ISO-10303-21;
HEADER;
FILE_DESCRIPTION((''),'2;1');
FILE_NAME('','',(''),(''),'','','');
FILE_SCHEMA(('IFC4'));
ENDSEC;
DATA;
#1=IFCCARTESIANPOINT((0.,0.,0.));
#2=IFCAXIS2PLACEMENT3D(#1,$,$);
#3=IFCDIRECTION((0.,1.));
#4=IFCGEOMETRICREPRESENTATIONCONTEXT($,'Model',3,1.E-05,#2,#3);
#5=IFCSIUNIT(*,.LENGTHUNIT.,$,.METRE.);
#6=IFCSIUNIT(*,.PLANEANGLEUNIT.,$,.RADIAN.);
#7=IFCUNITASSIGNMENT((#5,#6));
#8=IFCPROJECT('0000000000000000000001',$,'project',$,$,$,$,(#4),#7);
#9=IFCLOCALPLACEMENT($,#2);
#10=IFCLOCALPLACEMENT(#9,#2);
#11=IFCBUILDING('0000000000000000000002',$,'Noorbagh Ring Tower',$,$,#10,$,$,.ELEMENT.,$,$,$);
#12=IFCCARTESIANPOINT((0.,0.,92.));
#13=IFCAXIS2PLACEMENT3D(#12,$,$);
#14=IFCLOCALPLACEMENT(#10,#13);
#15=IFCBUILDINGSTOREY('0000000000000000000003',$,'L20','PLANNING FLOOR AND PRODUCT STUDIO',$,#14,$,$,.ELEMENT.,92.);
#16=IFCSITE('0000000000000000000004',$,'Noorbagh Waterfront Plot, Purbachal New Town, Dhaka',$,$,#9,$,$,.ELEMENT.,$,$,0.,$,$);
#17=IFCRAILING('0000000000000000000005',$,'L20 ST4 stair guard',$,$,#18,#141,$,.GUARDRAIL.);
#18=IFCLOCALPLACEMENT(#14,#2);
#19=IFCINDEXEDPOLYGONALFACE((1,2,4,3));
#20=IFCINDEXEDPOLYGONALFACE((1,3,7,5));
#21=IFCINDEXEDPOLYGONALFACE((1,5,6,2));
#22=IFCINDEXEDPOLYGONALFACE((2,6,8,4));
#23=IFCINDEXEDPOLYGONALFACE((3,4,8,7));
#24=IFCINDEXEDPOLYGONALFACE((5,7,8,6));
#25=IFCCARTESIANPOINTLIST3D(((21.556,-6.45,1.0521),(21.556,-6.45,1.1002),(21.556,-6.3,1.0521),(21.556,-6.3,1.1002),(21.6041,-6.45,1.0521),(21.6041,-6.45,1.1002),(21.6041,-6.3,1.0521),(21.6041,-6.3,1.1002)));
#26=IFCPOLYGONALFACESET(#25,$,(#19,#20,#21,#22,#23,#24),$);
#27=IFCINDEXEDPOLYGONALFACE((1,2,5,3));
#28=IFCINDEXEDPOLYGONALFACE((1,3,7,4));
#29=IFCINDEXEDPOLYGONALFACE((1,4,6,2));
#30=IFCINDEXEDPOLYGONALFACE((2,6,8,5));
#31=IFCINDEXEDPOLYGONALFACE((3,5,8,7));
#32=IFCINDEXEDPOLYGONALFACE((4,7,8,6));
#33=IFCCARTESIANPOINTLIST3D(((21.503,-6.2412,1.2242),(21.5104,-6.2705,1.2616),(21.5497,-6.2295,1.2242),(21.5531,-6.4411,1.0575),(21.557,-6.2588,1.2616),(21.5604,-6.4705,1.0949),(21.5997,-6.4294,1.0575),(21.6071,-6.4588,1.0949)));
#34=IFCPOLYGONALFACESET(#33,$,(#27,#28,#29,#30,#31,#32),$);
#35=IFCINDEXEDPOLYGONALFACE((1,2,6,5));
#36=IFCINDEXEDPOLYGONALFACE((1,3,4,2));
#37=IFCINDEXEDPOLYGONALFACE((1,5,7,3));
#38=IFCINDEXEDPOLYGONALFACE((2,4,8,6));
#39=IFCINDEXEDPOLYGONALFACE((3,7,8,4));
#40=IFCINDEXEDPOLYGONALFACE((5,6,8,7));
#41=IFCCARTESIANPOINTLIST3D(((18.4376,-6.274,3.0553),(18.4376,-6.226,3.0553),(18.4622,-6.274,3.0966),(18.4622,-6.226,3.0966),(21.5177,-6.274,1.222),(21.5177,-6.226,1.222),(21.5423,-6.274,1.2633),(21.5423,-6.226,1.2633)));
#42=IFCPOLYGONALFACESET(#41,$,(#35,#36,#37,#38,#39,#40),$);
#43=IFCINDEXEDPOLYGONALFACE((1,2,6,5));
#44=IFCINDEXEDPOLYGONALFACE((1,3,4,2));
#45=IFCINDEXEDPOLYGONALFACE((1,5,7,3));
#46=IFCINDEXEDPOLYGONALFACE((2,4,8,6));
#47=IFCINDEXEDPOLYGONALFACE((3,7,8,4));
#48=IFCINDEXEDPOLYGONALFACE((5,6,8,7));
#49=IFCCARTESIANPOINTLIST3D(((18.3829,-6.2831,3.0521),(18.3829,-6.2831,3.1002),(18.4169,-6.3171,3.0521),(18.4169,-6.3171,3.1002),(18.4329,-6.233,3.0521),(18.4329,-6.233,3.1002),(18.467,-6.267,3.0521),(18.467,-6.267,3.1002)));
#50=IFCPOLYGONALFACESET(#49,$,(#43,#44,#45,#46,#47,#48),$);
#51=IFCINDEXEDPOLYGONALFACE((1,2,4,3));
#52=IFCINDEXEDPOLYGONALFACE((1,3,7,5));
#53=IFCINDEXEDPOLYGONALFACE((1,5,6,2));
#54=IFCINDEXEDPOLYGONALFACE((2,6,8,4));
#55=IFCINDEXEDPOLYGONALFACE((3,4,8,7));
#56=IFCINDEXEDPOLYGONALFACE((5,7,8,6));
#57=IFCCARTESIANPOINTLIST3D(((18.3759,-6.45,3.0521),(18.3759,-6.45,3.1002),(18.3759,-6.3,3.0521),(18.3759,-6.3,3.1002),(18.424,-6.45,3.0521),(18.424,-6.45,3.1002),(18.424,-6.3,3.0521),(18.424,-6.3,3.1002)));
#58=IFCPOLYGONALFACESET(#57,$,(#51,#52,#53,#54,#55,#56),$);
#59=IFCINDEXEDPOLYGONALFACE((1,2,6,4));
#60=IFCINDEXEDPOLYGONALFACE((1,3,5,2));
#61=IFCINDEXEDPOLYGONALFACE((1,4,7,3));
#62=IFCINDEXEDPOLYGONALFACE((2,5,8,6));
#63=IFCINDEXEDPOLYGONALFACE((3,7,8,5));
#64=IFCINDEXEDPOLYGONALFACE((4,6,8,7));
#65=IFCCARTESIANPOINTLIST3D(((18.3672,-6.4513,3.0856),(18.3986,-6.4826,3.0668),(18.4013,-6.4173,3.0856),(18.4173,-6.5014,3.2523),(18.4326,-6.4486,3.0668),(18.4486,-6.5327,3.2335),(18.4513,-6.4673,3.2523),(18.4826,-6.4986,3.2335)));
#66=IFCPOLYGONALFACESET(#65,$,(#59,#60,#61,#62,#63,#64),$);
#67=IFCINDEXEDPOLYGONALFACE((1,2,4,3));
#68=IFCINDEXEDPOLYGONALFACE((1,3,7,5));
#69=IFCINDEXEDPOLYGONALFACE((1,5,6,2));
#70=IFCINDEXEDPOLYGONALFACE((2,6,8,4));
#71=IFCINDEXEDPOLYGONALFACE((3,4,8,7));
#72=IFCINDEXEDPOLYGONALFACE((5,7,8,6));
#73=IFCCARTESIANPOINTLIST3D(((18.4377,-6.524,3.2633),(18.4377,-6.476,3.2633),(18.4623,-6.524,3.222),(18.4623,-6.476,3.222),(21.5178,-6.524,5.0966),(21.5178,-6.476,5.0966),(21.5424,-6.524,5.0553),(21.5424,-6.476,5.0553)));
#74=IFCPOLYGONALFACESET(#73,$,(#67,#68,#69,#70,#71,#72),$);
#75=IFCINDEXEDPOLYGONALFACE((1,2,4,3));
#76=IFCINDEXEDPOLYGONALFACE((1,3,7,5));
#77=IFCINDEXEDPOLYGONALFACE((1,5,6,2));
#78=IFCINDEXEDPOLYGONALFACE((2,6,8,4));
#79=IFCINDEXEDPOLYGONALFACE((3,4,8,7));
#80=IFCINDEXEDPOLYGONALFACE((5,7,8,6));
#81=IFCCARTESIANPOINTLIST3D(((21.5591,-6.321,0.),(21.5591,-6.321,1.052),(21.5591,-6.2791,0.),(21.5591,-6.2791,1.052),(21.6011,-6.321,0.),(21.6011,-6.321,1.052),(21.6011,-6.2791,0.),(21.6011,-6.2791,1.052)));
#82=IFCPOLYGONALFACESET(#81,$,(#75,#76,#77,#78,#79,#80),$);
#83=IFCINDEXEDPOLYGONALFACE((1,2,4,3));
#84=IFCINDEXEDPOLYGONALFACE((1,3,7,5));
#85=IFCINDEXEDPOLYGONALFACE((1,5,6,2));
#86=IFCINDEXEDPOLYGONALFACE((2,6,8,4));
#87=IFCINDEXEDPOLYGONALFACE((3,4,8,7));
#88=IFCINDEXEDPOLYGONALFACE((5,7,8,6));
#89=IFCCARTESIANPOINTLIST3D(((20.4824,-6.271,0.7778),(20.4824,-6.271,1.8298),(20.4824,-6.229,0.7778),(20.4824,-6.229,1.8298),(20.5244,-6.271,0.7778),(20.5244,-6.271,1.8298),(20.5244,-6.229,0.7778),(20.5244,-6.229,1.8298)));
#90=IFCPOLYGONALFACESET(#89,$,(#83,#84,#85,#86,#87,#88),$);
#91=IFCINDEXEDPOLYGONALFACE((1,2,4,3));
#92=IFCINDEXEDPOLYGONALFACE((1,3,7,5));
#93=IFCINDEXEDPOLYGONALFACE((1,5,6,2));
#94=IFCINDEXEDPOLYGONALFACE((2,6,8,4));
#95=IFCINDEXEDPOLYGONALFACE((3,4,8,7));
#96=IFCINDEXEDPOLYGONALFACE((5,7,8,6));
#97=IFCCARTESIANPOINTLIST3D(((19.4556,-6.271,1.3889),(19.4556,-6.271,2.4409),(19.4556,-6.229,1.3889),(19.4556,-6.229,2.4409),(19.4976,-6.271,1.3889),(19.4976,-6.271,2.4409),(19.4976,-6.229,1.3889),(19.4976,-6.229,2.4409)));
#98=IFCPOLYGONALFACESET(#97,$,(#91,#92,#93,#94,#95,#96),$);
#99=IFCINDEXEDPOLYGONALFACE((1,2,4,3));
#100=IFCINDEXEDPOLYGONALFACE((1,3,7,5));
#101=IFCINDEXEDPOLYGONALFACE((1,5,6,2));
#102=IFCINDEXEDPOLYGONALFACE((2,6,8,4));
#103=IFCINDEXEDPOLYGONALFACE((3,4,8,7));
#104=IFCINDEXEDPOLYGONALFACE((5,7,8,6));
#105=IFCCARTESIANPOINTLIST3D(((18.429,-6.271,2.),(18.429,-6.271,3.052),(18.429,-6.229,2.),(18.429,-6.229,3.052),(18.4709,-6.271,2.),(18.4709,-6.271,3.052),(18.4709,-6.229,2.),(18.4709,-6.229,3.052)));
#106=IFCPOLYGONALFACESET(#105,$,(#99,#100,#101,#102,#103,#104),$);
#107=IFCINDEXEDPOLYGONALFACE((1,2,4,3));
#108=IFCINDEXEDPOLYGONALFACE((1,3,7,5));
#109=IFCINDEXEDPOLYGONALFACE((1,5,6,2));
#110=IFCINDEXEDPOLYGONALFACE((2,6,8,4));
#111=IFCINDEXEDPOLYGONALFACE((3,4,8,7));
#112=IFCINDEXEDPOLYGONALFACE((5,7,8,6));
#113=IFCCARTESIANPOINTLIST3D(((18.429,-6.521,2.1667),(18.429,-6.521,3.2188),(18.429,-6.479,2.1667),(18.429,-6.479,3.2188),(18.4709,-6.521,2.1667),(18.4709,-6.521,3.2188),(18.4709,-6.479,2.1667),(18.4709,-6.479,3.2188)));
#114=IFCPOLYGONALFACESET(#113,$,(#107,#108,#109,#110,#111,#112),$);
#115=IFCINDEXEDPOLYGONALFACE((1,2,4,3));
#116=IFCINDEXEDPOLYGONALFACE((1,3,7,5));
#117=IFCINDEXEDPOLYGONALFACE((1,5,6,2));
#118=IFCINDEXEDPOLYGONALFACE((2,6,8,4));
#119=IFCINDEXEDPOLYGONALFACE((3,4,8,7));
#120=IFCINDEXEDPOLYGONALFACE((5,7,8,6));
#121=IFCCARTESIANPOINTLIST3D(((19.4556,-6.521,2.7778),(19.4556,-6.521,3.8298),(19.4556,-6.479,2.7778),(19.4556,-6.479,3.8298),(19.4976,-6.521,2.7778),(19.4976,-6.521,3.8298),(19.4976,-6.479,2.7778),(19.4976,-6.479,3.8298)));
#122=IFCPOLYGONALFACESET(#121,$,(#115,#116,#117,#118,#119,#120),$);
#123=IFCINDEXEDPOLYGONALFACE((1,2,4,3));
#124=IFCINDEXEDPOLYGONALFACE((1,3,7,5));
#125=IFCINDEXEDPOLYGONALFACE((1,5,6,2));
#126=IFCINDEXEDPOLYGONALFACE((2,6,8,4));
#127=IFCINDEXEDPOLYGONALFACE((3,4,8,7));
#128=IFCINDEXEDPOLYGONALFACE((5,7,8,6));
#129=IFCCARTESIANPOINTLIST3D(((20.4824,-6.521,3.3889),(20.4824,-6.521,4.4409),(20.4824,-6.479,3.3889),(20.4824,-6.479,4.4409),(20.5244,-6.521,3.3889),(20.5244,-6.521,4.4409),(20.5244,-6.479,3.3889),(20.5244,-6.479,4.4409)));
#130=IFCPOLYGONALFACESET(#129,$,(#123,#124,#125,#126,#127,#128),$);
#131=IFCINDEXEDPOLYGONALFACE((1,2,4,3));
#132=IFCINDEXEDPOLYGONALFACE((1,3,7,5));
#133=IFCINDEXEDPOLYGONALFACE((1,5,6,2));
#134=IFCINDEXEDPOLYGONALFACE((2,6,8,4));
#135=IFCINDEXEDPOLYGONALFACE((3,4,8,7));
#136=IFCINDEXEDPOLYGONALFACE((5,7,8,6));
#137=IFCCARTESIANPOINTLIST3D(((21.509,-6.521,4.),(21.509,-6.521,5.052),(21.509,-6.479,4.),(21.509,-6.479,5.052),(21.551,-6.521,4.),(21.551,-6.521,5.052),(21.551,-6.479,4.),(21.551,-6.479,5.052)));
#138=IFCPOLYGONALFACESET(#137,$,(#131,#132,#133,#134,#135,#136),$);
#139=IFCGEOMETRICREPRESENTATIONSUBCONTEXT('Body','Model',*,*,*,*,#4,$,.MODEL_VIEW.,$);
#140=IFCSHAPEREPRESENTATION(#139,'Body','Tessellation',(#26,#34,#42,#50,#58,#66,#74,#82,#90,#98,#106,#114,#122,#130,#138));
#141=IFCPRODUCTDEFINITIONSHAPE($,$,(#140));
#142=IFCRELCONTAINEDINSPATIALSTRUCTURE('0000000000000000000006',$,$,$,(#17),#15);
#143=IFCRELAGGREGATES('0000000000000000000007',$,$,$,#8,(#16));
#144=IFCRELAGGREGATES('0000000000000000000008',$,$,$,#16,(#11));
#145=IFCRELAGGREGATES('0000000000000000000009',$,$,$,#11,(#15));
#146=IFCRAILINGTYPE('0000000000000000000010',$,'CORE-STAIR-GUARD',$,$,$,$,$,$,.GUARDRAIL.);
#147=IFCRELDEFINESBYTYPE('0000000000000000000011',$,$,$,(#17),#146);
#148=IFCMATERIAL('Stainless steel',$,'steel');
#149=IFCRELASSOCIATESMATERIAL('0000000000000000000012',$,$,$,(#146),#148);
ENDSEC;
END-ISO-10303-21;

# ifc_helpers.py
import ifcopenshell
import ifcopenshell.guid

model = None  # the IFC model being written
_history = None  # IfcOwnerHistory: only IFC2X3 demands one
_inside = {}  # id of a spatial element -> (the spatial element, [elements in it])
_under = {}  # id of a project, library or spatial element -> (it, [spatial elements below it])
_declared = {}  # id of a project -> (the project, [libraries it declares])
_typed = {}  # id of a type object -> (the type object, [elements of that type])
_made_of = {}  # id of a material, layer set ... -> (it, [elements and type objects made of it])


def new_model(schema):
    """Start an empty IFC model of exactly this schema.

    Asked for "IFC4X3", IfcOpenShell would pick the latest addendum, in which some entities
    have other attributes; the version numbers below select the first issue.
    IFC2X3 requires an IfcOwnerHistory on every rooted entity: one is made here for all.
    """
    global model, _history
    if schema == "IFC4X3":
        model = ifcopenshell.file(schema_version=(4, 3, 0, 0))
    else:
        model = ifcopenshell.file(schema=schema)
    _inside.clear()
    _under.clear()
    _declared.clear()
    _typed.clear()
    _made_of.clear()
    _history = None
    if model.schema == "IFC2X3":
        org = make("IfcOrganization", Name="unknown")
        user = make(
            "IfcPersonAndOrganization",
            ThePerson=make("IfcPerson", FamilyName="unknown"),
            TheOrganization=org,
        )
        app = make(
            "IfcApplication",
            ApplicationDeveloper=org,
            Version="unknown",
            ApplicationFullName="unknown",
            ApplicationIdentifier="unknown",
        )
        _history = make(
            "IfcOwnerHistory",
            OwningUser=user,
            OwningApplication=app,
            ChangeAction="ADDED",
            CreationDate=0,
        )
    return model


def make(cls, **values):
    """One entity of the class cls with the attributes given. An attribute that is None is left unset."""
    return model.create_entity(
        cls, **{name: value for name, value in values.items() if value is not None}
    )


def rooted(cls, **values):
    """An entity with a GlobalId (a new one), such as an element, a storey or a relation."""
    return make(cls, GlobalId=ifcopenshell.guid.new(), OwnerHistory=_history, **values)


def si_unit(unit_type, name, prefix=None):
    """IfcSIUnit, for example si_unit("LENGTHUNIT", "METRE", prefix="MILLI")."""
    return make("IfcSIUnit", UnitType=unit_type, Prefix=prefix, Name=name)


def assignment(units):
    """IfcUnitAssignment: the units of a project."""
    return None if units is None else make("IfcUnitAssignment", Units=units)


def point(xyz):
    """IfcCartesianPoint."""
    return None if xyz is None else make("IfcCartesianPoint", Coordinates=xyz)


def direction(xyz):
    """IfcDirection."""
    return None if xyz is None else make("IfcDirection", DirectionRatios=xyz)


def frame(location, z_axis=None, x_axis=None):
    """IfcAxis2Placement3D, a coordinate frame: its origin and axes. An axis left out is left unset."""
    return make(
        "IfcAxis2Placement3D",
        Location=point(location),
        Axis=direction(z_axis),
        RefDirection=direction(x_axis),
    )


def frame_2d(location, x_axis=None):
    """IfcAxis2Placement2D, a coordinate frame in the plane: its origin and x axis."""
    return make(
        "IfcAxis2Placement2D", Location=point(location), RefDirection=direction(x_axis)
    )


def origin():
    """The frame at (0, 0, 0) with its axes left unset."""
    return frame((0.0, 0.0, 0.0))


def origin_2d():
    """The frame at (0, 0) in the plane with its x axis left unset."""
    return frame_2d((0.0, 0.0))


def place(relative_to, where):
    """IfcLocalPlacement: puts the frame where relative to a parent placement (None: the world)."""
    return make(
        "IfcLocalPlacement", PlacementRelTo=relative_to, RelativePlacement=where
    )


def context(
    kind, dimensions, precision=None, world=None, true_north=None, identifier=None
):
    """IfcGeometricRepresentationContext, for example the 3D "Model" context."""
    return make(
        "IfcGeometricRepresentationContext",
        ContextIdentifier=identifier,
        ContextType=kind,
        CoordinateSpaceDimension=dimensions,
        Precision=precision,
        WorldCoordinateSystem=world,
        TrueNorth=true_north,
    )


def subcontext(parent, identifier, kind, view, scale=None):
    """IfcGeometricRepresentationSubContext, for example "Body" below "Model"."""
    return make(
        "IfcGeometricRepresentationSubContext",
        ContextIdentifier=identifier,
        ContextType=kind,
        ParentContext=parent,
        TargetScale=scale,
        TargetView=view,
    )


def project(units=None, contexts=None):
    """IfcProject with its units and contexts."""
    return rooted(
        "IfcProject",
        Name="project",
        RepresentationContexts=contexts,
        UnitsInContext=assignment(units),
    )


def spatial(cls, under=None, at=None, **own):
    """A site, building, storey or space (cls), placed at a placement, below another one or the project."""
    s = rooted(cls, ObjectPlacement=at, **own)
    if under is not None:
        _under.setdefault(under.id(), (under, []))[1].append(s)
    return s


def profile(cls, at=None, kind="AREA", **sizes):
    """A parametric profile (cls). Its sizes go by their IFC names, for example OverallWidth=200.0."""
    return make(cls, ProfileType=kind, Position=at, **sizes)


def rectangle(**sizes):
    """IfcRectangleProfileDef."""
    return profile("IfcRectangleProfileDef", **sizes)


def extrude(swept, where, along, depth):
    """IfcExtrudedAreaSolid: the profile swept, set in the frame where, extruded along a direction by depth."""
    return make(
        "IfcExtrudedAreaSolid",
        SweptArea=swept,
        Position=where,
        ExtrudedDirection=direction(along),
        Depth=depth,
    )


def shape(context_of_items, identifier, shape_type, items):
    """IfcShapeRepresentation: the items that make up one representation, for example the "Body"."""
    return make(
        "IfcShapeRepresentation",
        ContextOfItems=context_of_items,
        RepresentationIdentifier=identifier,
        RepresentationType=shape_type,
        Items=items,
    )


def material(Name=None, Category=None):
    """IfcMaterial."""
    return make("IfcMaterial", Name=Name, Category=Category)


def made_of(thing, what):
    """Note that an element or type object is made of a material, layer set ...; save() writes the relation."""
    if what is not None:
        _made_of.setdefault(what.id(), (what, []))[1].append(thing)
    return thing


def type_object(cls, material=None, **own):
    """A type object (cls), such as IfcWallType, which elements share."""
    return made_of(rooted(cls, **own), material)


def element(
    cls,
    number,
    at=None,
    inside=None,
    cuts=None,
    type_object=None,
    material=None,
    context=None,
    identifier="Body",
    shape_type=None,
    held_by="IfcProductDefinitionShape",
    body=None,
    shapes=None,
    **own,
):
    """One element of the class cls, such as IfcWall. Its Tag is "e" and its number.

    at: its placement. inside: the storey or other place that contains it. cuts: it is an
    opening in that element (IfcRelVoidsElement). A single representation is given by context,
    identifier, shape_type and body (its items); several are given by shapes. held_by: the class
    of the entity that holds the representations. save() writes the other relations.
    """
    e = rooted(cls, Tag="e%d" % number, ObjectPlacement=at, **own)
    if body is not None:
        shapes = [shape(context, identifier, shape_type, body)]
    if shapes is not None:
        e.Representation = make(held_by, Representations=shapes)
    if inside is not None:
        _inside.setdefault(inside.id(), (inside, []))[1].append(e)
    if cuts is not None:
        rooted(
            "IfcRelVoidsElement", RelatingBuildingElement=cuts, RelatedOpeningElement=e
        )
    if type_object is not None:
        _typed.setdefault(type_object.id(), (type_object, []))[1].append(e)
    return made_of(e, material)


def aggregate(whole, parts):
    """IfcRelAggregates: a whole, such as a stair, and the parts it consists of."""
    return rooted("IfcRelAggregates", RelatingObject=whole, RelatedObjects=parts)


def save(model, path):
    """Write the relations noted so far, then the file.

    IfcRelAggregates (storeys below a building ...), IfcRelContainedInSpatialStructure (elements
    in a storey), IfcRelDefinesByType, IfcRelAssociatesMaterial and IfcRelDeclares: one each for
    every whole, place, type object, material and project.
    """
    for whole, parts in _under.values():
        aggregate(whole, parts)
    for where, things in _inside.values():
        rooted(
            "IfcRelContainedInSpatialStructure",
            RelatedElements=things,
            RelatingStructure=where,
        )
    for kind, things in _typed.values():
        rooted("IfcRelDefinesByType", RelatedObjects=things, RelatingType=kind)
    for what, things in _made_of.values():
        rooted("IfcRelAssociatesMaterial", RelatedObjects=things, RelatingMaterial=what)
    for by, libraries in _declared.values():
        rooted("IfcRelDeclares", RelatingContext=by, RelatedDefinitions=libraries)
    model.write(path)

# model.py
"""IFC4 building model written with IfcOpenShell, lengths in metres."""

from ifc_helpers import new_model, si_unit, direction, frame, origin, origin_2d, place, context, subcontext, project, spatial, rectangle, extrude, material, type_object, element, save


model = new_model("IFC4")

# Units and contexts
model_context = context("Model", 3, precision=1e-05, world=origin(), true_north=direction((0.0, 1.0)))
body_context = subcontext(model_context, "Body", "Model", "MODEL_VIEW")
ifc_project = project(units=[si_unit("LENGTHUNIT", "METRE"), si_unit("PLANEANGLEUNIT", "RADIAN")], contexts=[model_context])

# Site, building, storey
site_placement = place(None, origin())
site = spatial("IfcSite", under=ifc_project, at=site_placement, Name="Noorbagh Waterfront Plot, Purbachal New Town, Dhaka", CompositionType="ELEMENT", RefElevation=0.0)
building_placement = place(site_placement, origin())
building = spatial("IfcBuilding", under=site, at=building_placement, Name="Noorbagh Ring Tower", CompositionType="ELEMENT")
storey_placement = place(building_placement, frame((0.0, 0.0, 92.0)))
storey = spatial("IfcBuildingStorey", under=building, at=storey_placement, Name="L20", Description="PLANNING FLOOR AND PRODUCT STUDIO", CompositionType="ELEMENT", Elevation=92.0)

# Railing
ifc_material_1 = material(Name="Stainless steel", Category="steel")
railing_type_1 = type_object("IfcRailingType", Name="CORE-STAIR-GUARD", PredefinedType="GUARDRAIL", material=ifc_material_1)
railing_1_placement = place(storey_placement, frame((21.5801, -6.3, 0.0)))
element("IfcRailing", 1, at=railing_1_placement, inside=storey, type_object=railing_type_1, Name="L20 ST4 stair guard", PredefinedType="GUARDRAIL", context=body_context, shape_type="SweptSolid", body=[
    extrude(rectangle(XDim=0.0481, YDim=0.0481, at=origin_2d()), frame((0.0, 0.0, 1.0762), z_axis=(0.0, -1.0, 0.0), x_axis=(1.0, 0.0, 0.0)), (0.0, 0.0, 1.0), 0.1499),
    extrude(rectangle(XDim=0.0481, YDim=0.0481, at=origin_2d()), frame((0.0, -0.1499, 1.0762), z_axis=(-0.188776, 0.754182, 0.628946), x_axis=(-0.970073, -0.242814, 0.0)), (0.0, 0.0, 1.0), 0.2651),
    extrude(rectangle(XDim=0.0481, YDim=0.0481, at=origin_2d()), frame((-0.05, 0.05, 1.2427), z_axis=(-0.859309, 0.0, 0.511458), x_axis=(0.0, -1.0, 0.0)), (0.0, 0.0, 1.0), 3.5845),
    extrude(rectangle(XDim=0.0481, YDim=0.0481, at=origin_2d()), frame((-3.1301, 0.05, 3.0762), z_axis=(-0.707107, -0.707107, 0.0), x_axis=(0.707107, -0.707107, 0.0)), (0.0, 0.0, 1.0), 0.0708),
    extrude(rectangle(XDim=0.0481, YDim=0.0481, at=origin_2d()), frame((-3.1802, 0.0, 3.0762), z_axis=(0.0, -1.0, 0.0), x_axis=(1.0, 0.0, 0.0)), (0.0, 0.0, 1.0), 0.1499),
    extrude(rectangle(XDim=0.0481, YDim=0.0481, at=origin_2d()), frame((-3.1802, -0.1499, 3.0762), z_axis=(0.276287, -0.276287, 0.920506), x_axis=(0.707107, 0.707107, 0.0)), (0.0, 0.0, 1.0), 0.1812),
    extrude(rectangle(XDim=0.0481, YDim=0.0481, at=origin_2d()), frame((-3.1301, -0.2, 3.2427), z_axis=(0.859309, 0.0, 0.511458), x_axis=(0.0, 1.0, 0.0)), (0.0, 0.0, 1.0), 3.5845),
    extrude(rectangle(XDim=0.042, YDim=0.042, at=origin_2d()), origin(), (0.0, 0.0, 1.0), 1.052),
    extrude(rectangle(XDim=0.042, YDim=0.042, at=origin_2d()), frame((-1.0767, 0.05, 0.7778)), (0.0, 0.0, 1.0), 1.052),
    extrude(rectangle(XDim=0.042, YDim=0.042, at=origin_2d()), frame((-2.1035, 0.05, 1.3889)), (0.0, 0.0, 1.0), 1.052),
    extrude(rectangle(XDim=0.042, YDim=0.042, at=origin_2d()), frame((-3.1301, 0.05, 2.0)), (0.0, 0.0, 1.0), 1.052),
    extrude(rectangle(XDim=0.042, YDim=0.042, at=origin_2d()), frame((-3.1301, -0.2, 2.1667)), (0.0, 0.0, 1.0), 1.052),
    extrude(rectangle(XDim=0.042, YDim=0.042, at=origin_2d()), frame((-2.1035, -0.2, 2.7778)), (0.0, 0.0, 1.0), 1.052),
    extrude(rectangle(XDim=0.042, YDim=0.042, at=origin_2d()), frame((-1.0767, -0.2, 3.3889)), (0.0, 0.0, 1.0), 1.052),
    extrude(rectangle(XDim=0.042, YDim=0.042, at=origin_2d()), frame((-0.05, -0.2, 4.0)), (0.0, 0.0, 1.0), 1.052),
])

save(model, "model.ifc")
